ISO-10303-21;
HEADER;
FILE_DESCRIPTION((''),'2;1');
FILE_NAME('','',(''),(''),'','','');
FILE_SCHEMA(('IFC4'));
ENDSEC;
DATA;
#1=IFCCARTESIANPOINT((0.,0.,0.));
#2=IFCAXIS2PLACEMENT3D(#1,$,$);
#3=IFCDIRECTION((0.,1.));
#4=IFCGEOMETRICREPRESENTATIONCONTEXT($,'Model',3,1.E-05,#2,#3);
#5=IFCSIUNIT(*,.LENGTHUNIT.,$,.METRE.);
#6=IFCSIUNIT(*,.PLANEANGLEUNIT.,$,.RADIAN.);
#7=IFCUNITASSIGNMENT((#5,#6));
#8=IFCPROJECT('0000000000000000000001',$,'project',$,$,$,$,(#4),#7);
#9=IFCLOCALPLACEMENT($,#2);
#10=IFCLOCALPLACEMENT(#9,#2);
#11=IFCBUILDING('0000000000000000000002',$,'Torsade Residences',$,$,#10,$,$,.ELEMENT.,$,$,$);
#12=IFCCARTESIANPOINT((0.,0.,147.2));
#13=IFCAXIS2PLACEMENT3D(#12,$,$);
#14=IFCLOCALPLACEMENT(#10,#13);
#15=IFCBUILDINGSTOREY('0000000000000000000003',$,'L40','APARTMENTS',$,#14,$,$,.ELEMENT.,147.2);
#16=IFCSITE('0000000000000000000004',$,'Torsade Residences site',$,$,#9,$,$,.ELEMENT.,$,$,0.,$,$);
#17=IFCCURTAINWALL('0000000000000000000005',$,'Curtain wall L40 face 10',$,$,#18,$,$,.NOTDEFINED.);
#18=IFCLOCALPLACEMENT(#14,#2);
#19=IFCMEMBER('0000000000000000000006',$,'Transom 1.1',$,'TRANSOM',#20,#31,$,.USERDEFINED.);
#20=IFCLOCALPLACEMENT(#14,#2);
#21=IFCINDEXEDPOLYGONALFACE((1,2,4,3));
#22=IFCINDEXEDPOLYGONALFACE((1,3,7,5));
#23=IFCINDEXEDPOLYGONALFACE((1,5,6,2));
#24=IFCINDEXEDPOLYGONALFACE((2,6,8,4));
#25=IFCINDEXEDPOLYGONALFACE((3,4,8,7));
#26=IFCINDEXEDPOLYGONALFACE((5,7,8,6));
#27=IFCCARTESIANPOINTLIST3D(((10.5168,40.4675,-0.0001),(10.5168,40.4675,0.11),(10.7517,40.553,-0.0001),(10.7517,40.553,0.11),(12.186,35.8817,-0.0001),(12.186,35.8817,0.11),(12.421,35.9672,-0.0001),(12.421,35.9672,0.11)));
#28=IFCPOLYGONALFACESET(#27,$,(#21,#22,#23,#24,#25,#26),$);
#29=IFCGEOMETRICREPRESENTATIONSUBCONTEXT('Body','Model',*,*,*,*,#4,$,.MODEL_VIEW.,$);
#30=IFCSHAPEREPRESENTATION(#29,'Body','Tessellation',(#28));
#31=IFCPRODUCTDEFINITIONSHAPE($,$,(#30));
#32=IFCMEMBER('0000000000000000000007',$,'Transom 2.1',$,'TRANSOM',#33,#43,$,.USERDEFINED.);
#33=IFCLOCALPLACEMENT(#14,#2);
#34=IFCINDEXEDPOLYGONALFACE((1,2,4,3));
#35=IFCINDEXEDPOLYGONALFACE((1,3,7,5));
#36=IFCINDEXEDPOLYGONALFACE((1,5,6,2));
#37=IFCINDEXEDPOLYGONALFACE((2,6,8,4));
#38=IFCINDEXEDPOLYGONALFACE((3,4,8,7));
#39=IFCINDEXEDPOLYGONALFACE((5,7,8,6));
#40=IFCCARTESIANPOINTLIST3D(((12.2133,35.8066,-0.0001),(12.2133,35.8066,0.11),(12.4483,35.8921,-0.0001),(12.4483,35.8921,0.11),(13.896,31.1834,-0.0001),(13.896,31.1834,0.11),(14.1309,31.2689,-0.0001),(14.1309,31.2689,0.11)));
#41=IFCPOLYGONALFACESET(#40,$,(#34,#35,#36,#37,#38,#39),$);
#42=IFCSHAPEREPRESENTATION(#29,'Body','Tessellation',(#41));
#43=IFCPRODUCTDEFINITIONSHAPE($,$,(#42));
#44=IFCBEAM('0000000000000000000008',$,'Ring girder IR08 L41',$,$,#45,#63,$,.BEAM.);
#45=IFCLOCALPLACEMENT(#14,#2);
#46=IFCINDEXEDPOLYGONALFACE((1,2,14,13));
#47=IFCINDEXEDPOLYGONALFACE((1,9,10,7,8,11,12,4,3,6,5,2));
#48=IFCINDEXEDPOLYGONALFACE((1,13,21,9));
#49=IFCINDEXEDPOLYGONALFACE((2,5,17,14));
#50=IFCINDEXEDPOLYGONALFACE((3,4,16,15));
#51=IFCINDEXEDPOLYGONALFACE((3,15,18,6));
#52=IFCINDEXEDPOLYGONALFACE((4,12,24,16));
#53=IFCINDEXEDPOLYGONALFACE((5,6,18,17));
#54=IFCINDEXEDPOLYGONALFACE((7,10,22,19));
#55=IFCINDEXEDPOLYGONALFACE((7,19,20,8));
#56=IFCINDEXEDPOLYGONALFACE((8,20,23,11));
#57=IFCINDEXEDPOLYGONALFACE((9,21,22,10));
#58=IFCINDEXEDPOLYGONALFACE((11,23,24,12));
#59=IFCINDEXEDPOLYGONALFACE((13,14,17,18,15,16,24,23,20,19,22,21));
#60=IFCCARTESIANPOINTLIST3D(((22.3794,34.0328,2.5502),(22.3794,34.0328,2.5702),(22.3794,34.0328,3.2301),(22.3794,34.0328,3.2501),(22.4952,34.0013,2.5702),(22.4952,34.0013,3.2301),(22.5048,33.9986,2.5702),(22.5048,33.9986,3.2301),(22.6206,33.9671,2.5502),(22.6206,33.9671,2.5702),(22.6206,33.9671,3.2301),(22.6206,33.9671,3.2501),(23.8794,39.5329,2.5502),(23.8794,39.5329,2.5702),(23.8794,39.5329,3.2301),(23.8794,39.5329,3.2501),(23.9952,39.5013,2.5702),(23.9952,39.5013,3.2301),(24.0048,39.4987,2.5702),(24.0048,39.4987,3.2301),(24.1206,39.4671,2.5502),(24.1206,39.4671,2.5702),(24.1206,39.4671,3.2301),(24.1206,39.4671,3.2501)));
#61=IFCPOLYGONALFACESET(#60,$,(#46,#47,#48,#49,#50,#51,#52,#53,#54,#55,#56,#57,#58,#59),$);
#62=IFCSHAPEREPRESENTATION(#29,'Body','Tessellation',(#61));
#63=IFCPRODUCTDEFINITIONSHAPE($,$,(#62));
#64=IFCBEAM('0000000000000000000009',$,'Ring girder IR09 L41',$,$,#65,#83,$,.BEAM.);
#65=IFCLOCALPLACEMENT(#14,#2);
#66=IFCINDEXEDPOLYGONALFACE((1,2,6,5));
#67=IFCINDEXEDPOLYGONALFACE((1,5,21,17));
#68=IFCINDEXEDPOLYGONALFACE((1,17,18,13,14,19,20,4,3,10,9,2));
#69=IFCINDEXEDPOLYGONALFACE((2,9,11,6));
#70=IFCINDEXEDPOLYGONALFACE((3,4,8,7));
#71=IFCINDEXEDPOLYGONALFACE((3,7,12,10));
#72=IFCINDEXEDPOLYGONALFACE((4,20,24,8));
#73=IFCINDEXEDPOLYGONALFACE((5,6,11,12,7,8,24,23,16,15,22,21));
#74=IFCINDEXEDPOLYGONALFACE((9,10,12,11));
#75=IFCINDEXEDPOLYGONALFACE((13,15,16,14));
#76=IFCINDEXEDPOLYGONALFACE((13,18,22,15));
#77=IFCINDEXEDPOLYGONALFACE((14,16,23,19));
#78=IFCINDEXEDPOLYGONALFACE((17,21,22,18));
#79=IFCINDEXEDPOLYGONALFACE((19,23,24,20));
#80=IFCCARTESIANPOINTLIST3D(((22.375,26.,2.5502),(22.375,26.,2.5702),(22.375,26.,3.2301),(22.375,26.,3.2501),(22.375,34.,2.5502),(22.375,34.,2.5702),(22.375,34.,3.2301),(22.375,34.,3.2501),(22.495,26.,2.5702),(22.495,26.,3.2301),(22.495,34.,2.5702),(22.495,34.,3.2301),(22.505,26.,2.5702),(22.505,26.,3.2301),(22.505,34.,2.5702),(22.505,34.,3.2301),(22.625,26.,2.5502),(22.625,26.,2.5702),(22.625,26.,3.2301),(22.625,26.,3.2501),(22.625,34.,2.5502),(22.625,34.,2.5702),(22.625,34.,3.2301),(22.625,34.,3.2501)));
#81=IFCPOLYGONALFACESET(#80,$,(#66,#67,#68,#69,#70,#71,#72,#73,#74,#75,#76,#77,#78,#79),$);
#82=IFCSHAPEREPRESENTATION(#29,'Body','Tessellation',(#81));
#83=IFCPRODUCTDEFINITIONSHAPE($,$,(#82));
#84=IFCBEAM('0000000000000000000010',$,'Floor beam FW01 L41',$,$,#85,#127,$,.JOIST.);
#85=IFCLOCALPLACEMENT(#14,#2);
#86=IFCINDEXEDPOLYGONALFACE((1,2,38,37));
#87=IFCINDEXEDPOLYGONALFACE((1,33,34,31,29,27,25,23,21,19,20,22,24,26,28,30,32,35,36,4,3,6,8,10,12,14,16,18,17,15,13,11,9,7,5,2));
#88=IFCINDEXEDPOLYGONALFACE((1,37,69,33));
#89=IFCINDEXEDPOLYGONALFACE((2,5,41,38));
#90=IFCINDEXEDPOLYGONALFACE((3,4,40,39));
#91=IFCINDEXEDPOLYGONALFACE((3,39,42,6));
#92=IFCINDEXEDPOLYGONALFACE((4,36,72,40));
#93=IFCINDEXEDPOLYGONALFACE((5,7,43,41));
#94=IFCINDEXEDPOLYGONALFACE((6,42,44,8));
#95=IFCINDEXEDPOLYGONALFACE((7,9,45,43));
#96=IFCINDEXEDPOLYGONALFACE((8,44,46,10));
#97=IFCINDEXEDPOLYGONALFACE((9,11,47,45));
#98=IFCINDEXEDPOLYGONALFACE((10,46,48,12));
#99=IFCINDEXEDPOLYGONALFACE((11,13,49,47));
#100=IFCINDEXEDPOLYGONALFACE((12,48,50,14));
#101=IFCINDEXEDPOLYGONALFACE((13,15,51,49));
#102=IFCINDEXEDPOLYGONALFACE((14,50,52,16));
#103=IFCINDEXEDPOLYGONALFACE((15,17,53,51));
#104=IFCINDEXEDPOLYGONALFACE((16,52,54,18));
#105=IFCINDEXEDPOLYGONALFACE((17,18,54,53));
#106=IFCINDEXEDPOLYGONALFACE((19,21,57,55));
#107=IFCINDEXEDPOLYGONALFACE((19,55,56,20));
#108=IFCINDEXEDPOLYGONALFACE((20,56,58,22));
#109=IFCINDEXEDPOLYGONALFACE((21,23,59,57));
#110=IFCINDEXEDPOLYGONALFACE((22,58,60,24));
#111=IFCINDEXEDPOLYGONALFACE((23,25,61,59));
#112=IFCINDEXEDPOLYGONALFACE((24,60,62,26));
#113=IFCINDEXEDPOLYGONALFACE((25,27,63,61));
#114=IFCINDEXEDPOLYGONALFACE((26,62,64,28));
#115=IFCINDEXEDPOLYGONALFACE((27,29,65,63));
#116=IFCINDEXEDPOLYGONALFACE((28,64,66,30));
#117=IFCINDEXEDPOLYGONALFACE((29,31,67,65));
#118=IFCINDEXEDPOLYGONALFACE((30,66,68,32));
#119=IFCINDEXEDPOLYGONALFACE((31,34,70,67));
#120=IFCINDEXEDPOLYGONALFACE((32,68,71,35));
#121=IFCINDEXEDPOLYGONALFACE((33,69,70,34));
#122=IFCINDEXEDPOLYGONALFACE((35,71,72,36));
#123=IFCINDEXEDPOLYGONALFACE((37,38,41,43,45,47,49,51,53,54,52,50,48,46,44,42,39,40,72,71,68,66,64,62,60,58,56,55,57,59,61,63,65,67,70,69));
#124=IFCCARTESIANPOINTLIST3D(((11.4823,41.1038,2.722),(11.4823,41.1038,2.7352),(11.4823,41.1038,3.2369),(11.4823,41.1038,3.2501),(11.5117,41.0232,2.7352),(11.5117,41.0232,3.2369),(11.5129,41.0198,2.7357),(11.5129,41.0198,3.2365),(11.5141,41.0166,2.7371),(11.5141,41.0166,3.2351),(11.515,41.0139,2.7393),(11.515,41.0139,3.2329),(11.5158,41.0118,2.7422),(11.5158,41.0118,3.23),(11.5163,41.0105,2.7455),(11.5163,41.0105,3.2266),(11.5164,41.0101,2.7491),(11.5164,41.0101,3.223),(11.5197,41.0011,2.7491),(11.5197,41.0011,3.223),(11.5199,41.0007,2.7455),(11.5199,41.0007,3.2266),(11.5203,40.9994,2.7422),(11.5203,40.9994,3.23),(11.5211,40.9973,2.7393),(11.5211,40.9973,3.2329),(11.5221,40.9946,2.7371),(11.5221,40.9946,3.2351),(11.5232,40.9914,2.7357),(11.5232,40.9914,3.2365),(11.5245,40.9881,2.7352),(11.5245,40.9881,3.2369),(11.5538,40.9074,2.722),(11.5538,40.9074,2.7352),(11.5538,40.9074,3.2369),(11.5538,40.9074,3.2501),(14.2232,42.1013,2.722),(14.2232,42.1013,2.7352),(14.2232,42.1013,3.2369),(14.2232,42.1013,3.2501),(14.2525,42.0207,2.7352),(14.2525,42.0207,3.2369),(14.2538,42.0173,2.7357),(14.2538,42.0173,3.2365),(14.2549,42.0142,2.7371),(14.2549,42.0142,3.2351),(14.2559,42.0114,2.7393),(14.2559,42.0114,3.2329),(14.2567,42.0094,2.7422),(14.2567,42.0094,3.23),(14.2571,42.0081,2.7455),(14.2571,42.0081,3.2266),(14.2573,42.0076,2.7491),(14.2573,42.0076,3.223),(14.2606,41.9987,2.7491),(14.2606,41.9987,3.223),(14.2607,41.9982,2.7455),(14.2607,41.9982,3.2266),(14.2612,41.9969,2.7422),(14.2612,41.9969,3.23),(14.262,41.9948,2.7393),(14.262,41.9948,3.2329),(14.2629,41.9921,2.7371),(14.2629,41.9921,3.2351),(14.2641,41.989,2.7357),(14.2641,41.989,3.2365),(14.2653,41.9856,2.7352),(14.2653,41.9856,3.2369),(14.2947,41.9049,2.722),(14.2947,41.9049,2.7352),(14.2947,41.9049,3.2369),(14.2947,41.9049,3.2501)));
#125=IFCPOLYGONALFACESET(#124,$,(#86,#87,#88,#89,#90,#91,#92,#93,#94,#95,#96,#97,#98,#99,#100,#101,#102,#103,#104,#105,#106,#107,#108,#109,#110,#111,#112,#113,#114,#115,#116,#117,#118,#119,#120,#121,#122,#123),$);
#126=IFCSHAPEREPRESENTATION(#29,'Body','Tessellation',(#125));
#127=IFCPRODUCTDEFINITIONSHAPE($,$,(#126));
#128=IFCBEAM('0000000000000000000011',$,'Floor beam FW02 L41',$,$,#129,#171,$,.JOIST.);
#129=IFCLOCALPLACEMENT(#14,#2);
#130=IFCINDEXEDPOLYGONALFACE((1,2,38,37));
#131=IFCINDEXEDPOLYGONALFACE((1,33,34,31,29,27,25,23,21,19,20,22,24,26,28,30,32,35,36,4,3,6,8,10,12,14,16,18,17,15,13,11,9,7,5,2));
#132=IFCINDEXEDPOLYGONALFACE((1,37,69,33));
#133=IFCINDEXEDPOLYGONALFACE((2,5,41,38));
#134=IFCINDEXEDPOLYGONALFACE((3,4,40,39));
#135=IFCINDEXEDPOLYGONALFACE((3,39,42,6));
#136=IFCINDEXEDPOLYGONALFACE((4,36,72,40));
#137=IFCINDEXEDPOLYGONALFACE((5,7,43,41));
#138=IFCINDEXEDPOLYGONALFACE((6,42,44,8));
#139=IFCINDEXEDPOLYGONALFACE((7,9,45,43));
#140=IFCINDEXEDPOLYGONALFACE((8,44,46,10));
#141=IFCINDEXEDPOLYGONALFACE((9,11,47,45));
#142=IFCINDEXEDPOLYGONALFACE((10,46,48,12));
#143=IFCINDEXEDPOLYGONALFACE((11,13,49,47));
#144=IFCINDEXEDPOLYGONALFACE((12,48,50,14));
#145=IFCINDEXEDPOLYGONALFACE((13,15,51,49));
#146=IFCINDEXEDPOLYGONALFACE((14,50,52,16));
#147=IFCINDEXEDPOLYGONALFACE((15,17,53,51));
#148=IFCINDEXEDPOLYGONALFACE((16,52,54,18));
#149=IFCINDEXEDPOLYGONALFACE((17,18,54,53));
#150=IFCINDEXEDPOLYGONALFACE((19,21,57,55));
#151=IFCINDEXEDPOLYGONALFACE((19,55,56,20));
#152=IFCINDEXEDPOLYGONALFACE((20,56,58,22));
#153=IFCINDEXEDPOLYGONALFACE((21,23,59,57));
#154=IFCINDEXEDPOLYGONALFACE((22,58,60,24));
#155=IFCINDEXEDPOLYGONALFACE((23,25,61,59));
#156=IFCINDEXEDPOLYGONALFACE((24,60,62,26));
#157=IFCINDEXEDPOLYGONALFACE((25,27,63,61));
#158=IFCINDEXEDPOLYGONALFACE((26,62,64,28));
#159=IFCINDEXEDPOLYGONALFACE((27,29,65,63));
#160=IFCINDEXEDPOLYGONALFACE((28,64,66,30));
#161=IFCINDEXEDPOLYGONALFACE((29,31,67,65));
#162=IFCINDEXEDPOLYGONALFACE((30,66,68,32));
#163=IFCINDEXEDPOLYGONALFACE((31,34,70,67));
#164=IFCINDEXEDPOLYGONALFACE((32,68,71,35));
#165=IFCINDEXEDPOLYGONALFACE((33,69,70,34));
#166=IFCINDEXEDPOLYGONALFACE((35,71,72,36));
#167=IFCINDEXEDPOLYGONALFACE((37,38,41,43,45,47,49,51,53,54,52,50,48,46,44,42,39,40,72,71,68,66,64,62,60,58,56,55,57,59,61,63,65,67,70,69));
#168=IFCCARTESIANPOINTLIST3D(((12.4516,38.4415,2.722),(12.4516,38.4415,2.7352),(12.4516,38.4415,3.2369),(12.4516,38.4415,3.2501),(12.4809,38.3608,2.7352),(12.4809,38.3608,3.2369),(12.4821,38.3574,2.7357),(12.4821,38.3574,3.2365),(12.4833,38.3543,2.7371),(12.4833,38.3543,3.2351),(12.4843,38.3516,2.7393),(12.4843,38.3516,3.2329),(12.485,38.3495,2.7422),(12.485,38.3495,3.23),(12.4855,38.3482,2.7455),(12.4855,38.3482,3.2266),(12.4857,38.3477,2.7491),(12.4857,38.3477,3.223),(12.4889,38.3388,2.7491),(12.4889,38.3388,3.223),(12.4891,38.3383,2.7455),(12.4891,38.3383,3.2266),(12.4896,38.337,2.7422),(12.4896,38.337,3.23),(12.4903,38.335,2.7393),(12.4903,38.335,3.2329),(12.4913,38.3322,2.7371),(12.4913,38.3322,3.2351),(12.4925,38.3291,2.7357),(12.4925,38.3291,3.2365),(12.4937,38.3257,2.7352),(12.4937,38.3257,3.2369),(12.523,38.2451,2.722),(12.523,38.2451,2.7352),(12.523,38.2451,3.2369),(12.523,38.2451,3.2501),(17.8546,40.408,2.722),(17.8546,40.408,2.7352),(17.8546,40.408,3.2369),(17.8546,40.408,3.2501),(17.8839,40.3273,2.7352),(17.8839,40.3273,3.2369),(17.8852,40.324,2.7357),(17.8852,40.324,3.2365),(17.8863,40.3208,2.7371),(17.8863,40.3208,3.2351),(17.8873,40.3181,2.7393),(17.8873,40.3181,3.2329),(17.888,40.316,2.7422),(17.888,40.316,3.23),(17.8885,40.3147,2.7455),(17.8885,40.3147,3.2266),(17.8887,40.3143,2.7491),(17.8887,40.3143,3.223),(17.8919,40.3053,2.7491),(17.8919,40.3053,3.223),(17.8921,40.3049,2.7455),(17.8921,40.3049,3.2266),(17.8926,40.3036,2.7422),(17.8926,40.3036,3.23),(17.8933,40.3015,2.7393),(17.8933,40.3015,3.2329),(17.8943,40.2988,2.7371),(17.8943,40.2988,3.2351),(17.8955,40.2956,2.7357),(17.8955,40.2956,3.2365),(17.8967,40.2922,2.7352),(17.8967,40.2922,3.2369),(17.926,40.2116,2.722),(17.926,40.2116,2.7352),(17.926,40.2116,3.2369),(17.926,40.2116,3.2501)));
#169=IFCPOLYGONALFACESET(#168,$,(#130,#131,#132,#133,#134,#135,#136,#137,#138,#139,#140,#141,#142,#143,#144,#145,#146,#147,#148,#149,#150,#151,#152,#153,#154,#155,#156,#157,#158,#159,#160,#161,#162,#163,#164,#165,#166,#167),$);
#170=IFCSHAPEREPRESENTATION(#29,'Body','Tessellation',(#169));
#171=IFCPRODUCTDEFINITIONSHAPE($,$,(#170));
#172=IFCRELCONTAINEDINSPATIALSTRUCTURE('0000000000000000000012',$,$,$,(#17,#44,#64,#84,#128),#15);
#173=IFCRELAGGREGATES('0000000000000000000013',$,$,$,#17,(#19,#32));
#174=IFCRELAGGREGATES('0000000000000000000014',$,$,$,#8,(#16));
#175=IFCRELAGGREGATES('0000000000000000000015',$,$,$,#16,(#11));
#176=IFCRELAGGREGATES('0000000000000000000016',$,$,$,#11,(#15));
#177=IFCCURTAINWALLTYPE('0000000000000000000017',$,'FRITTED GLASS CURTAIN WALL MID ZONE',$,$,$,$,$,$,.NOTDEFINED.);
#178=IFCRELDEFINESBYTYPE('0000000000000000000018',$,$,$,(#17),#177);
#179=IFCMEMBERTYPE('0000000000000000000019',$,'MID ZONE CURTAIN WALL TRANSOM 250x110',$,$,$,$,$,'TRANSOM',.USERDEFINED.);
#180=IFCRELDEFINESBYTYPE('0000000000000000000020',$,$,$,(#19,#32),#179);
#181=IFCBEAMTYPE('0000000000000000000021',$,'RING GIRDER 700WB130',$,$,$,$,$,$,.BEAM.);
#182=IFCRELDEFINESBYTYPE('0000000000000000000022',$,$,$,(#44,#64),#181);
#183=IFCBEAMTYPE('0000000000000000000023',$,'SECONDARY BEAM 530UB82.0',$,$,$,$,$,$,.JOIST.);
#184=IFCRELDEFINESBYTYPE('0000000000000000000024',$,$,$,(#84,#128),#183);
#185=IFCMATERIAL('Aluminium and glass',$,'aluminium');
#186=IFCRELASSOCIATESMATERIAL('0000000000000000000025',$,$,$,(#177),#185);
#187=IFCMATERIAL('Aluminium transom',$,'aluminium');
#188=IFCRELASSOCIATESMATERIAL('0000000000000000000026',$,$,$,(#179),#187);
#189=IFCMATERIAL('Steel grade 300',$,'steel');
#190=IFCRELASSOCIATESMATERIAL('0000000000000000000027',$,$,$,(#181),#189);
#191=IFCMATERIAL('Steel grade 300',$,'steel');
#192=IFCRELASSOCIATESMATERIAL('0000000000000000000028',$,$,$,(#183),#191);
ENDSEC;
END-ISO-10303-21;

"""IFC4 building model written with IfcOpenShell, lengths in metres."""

from ifc_helpers import new_model, si_unit, direction, frame, origin, origin_2d, place, context, subcontext, project, spatial, rectangle, i_section, extrude, material, material_profile, profile_set, type_object, element, aggregate, save


model = new_model("IFC4")

# Units and contexts
model_context = context("Model", 3, precision=1e-05, world=origin(), true_north=direction((0.0, 1.0)))
body_context = subcontext(model_context, "Body", "Model", "MODEL_VIEW")
ifc_project = project(units=[si_unit("LENGTHUNIT", "METRE"), si_unit("PLANEANGLEUNIT", "RADIAN")], contexts=[model_context])

# Site, building, storey
site_placement = place(None, origin())
site = spatial("IfcSite", under=ifc_project, at=site_placement, Name="Torsade Residences site", CompositionType="ELEMENT", RefElevation=0.0)
building_placement = place(site_placement, origin())
building = spatial("IfcBuilding", under=site, at=building_placement, Name="Torsade Residences", CompositionType="ELEMENT")
storey_placement = place(building_placement, frame((0.0, 0.0, 147.2)))
storey = spatial("IfcBuildingStorey", under=building, at=storey_placement, Name="L40", Description="APARTMENTS", CompositionType="ELEMENT", Elevation=147.2)

# Curtain wall, members
ifc_material_1 = material(Name="Aluminium and glass", Category="aluminium")
curtain_wall_type = type_object("IfcCurtainWallType", Name="FRITTED GLASS CURTAIN WALL MID ZONE", PredefinedType="NOTDEFINED", material=ifc_material_1)
curtain_wall_placement = place(storey_placement, origin())
curtain_wall = element("IfcCurtainWall", 1, at=curtain_wall_placement, inside=storey, type_object=curtain_wall_type, Name="Curtain wall L40 face 10", PredefinedType="NOTDEFINED")
ifc_material_2 = material(Name="Aluminium transom", Category="aluminium")
ifc_material_profile_1 = material_profile(ifc_material_2, rectangle(XDim=0.25, YDim=0.1101, at=origin_2d()), Name="MID ZONE CURTAIN WALL TRANSOM 250x110")
ifc_profile_set_1 = profile_set([ifc_material_profile_1], Name="Aluminium transom")
member_type_1 = type_object("IfcMemberType", Name="MID ZONE CURTAIN WALL TRANSOM 250x110", ElementType="TRANSOM", PredefinedType="USERDEFINED", material=ifc_profile_set_1)
member_1_placement = place(storey_placement, frame((10.6343, 40.5103, 0.0549), z_axis=(0.342044, -0.939684, 0.0), x_axis=(0.939684, 0.342044, 0.0)))
member_1 = element("IfcMember", 2, at=member_1_placement, type_object=member_type_1, Name="Transom 1.1", ObjectType="TRANSOM", PredefinedType="USERDEFINED", context=body_context, shape_type="SweptSolid", body=[
    extrude(rectangle(XDim=0.25, YDim=0.1101, at=origin_2d()), origin(), (0.0, 0.0, 1.0), 4.8801),
])
member_2_placement = place(storey_placement, frame((12.3308, 35.8494, 0.0549), z_axis=(0.341998, -0.939701, 0.0), x_axis=(0.939701, 0.341998, 0.0)))
member_2 = element("IfcMember", 3, at=member_2_placement, type_object=member_type_1, Name="Transom 2.1", ObjectType="TRANSOM", PredefinedType="USERDEFINED", context=body_context, shape_type="SweptSolid", body=[
    extrude(rectangle(XDim=0.25, YDim=0.1101, at=origin_2d()), origin(), (0.0, 0.0, 1.0), 4.9199),
])

# Beams
ifc_material_3 = material(Name="Steel grade 300", Category="steel")
ifc_material_profile_2 = material_profile(ifc_material_3, i_section(OverallWidth=0.25, OverallDepth=0.7, WebThickness=0.01, FlangeThickness=0.02, at=origin_2d()), Name="700WB130")
ifc_profile_set_2 = profile_set([ifc_material_profile_2], Name="Steel grade 300")
beam_type_1 = type_object("IfcBeamType", Name="RING GIRDER 700WB130", PredefinedType="BEAM", material=ifc_profile_set_2)
beam_1_placement = place(storey_placement, frame((24.0, 39.5, 2.9001), z_axis=(-0.263117, -0.964764, 0.0), x_axis=(0.964764, -0.263117, 0.0)))
element("IfcBeam", 4, at=beam_1_placement, inside=storey, type_object=beam_type_1, Name="Ring girder IR08 L41", PredefinedType="BEAM", context=body_context, shape_type="SweptSolid", body=[
    extrude(i_section(OverallWidth=0.25, OverallDepth=0.7, WebThickness=0.01, FlangeThickness=0.02, at=origin_2d()), origin(), (0.0, 0.0, 1.0), 5.7009),
])
beam_2_placement = place(storey_placement, frame((22.5, 34.0, 2.9001), z_axis=(0.0, -1.0, 0.0), x_axis=(1.0, 0.0, 0.0)))
element("IfcBeam", 5, at=beam_2_placement, inside=storey, type_object=beam_type_1, Name="Ring girder IR09 L41", PredefinedType="BEAM", context=body_context, shape_type="SweptSolid", body=[
    extrude(i_section(OverallWidth=0.25, OverallDepth=0.7, WebThickness=0.01, FlangeThickness=0.02, at=origin_2d()), origin(), (0.0, 0.0, 1.0), 8.0),
])
ifc_material_4 = material(Name="Steel grade 300", Category="steel")
ifc_material_profile_3 = material_profile(ifc_material_4, i_section(OverallWidth=0.209, OverallDepth=0.5281, WebThickness=0.0095, FlangeThickness=0.0132, FilletRadius=0.0139, at=origin_2d()), Name="530UB82.0")
ifc_profile_set_3 = profile_set([ifc_material_profile_3], Name="Steel grade 300")
beam_type_2 = type_object("IfcBeamType", Name="SECONDARY BEAM 530UB82.0", PredefinedType="JOIST", material=ifc_profile_set_3)
beam_3_placement = place(storey_placement, frame((11.5181, 41.0056, 2.9861), z_axis=(0.939701, 0.341998, 0.0), x_axis=(-0.341998, 0.939701, 0.0)))
element("IfcBeam", 6, at=beam_3_placement, inside=storey, type_object=beam_type_2, Name="Floor beam FW01 L41", PredefinedType="JOIST", context=body_context, shape_type="SweptSolid", body=[
    extrude(i_section(OverallWidth=0.209, OverallDepth=0.5281, WebThickness=0.0095, FlangeThickness=0.0132, FilletRadius=0.0139, at=origin_2d()), origin(), (0.0, 0.0, 1.0), 2.9167),
])
beam_4_placement = place(storey_placement, frame((12.4873, 38.3433, 2.9861), z_axis=(0.939693, 0.342019, 0.0), x_axis=(-0.342019, 0.939693, 0.0)))
element("IfcBeam", 7, at=beam_4_placement, inside=storey, type_object=beam_type_2, Name="Floor beam FW02 L41", PredefinedType="JOIST", context=body_context, shape_type="SweptSolid", body=[
    extrude(i_section(OverallWidth=0.209, OverallDepth=0.5281, WebThickness=0.0095, FlangeThickness=0.0132, FilletRadius=0.0139, at=origin_2d()), origin(), (0.0, 0.0, 1.0), 5.7498),
])

aggregate(curtain_wall, [member_1, member_2])

save(model, "model.ifc")
